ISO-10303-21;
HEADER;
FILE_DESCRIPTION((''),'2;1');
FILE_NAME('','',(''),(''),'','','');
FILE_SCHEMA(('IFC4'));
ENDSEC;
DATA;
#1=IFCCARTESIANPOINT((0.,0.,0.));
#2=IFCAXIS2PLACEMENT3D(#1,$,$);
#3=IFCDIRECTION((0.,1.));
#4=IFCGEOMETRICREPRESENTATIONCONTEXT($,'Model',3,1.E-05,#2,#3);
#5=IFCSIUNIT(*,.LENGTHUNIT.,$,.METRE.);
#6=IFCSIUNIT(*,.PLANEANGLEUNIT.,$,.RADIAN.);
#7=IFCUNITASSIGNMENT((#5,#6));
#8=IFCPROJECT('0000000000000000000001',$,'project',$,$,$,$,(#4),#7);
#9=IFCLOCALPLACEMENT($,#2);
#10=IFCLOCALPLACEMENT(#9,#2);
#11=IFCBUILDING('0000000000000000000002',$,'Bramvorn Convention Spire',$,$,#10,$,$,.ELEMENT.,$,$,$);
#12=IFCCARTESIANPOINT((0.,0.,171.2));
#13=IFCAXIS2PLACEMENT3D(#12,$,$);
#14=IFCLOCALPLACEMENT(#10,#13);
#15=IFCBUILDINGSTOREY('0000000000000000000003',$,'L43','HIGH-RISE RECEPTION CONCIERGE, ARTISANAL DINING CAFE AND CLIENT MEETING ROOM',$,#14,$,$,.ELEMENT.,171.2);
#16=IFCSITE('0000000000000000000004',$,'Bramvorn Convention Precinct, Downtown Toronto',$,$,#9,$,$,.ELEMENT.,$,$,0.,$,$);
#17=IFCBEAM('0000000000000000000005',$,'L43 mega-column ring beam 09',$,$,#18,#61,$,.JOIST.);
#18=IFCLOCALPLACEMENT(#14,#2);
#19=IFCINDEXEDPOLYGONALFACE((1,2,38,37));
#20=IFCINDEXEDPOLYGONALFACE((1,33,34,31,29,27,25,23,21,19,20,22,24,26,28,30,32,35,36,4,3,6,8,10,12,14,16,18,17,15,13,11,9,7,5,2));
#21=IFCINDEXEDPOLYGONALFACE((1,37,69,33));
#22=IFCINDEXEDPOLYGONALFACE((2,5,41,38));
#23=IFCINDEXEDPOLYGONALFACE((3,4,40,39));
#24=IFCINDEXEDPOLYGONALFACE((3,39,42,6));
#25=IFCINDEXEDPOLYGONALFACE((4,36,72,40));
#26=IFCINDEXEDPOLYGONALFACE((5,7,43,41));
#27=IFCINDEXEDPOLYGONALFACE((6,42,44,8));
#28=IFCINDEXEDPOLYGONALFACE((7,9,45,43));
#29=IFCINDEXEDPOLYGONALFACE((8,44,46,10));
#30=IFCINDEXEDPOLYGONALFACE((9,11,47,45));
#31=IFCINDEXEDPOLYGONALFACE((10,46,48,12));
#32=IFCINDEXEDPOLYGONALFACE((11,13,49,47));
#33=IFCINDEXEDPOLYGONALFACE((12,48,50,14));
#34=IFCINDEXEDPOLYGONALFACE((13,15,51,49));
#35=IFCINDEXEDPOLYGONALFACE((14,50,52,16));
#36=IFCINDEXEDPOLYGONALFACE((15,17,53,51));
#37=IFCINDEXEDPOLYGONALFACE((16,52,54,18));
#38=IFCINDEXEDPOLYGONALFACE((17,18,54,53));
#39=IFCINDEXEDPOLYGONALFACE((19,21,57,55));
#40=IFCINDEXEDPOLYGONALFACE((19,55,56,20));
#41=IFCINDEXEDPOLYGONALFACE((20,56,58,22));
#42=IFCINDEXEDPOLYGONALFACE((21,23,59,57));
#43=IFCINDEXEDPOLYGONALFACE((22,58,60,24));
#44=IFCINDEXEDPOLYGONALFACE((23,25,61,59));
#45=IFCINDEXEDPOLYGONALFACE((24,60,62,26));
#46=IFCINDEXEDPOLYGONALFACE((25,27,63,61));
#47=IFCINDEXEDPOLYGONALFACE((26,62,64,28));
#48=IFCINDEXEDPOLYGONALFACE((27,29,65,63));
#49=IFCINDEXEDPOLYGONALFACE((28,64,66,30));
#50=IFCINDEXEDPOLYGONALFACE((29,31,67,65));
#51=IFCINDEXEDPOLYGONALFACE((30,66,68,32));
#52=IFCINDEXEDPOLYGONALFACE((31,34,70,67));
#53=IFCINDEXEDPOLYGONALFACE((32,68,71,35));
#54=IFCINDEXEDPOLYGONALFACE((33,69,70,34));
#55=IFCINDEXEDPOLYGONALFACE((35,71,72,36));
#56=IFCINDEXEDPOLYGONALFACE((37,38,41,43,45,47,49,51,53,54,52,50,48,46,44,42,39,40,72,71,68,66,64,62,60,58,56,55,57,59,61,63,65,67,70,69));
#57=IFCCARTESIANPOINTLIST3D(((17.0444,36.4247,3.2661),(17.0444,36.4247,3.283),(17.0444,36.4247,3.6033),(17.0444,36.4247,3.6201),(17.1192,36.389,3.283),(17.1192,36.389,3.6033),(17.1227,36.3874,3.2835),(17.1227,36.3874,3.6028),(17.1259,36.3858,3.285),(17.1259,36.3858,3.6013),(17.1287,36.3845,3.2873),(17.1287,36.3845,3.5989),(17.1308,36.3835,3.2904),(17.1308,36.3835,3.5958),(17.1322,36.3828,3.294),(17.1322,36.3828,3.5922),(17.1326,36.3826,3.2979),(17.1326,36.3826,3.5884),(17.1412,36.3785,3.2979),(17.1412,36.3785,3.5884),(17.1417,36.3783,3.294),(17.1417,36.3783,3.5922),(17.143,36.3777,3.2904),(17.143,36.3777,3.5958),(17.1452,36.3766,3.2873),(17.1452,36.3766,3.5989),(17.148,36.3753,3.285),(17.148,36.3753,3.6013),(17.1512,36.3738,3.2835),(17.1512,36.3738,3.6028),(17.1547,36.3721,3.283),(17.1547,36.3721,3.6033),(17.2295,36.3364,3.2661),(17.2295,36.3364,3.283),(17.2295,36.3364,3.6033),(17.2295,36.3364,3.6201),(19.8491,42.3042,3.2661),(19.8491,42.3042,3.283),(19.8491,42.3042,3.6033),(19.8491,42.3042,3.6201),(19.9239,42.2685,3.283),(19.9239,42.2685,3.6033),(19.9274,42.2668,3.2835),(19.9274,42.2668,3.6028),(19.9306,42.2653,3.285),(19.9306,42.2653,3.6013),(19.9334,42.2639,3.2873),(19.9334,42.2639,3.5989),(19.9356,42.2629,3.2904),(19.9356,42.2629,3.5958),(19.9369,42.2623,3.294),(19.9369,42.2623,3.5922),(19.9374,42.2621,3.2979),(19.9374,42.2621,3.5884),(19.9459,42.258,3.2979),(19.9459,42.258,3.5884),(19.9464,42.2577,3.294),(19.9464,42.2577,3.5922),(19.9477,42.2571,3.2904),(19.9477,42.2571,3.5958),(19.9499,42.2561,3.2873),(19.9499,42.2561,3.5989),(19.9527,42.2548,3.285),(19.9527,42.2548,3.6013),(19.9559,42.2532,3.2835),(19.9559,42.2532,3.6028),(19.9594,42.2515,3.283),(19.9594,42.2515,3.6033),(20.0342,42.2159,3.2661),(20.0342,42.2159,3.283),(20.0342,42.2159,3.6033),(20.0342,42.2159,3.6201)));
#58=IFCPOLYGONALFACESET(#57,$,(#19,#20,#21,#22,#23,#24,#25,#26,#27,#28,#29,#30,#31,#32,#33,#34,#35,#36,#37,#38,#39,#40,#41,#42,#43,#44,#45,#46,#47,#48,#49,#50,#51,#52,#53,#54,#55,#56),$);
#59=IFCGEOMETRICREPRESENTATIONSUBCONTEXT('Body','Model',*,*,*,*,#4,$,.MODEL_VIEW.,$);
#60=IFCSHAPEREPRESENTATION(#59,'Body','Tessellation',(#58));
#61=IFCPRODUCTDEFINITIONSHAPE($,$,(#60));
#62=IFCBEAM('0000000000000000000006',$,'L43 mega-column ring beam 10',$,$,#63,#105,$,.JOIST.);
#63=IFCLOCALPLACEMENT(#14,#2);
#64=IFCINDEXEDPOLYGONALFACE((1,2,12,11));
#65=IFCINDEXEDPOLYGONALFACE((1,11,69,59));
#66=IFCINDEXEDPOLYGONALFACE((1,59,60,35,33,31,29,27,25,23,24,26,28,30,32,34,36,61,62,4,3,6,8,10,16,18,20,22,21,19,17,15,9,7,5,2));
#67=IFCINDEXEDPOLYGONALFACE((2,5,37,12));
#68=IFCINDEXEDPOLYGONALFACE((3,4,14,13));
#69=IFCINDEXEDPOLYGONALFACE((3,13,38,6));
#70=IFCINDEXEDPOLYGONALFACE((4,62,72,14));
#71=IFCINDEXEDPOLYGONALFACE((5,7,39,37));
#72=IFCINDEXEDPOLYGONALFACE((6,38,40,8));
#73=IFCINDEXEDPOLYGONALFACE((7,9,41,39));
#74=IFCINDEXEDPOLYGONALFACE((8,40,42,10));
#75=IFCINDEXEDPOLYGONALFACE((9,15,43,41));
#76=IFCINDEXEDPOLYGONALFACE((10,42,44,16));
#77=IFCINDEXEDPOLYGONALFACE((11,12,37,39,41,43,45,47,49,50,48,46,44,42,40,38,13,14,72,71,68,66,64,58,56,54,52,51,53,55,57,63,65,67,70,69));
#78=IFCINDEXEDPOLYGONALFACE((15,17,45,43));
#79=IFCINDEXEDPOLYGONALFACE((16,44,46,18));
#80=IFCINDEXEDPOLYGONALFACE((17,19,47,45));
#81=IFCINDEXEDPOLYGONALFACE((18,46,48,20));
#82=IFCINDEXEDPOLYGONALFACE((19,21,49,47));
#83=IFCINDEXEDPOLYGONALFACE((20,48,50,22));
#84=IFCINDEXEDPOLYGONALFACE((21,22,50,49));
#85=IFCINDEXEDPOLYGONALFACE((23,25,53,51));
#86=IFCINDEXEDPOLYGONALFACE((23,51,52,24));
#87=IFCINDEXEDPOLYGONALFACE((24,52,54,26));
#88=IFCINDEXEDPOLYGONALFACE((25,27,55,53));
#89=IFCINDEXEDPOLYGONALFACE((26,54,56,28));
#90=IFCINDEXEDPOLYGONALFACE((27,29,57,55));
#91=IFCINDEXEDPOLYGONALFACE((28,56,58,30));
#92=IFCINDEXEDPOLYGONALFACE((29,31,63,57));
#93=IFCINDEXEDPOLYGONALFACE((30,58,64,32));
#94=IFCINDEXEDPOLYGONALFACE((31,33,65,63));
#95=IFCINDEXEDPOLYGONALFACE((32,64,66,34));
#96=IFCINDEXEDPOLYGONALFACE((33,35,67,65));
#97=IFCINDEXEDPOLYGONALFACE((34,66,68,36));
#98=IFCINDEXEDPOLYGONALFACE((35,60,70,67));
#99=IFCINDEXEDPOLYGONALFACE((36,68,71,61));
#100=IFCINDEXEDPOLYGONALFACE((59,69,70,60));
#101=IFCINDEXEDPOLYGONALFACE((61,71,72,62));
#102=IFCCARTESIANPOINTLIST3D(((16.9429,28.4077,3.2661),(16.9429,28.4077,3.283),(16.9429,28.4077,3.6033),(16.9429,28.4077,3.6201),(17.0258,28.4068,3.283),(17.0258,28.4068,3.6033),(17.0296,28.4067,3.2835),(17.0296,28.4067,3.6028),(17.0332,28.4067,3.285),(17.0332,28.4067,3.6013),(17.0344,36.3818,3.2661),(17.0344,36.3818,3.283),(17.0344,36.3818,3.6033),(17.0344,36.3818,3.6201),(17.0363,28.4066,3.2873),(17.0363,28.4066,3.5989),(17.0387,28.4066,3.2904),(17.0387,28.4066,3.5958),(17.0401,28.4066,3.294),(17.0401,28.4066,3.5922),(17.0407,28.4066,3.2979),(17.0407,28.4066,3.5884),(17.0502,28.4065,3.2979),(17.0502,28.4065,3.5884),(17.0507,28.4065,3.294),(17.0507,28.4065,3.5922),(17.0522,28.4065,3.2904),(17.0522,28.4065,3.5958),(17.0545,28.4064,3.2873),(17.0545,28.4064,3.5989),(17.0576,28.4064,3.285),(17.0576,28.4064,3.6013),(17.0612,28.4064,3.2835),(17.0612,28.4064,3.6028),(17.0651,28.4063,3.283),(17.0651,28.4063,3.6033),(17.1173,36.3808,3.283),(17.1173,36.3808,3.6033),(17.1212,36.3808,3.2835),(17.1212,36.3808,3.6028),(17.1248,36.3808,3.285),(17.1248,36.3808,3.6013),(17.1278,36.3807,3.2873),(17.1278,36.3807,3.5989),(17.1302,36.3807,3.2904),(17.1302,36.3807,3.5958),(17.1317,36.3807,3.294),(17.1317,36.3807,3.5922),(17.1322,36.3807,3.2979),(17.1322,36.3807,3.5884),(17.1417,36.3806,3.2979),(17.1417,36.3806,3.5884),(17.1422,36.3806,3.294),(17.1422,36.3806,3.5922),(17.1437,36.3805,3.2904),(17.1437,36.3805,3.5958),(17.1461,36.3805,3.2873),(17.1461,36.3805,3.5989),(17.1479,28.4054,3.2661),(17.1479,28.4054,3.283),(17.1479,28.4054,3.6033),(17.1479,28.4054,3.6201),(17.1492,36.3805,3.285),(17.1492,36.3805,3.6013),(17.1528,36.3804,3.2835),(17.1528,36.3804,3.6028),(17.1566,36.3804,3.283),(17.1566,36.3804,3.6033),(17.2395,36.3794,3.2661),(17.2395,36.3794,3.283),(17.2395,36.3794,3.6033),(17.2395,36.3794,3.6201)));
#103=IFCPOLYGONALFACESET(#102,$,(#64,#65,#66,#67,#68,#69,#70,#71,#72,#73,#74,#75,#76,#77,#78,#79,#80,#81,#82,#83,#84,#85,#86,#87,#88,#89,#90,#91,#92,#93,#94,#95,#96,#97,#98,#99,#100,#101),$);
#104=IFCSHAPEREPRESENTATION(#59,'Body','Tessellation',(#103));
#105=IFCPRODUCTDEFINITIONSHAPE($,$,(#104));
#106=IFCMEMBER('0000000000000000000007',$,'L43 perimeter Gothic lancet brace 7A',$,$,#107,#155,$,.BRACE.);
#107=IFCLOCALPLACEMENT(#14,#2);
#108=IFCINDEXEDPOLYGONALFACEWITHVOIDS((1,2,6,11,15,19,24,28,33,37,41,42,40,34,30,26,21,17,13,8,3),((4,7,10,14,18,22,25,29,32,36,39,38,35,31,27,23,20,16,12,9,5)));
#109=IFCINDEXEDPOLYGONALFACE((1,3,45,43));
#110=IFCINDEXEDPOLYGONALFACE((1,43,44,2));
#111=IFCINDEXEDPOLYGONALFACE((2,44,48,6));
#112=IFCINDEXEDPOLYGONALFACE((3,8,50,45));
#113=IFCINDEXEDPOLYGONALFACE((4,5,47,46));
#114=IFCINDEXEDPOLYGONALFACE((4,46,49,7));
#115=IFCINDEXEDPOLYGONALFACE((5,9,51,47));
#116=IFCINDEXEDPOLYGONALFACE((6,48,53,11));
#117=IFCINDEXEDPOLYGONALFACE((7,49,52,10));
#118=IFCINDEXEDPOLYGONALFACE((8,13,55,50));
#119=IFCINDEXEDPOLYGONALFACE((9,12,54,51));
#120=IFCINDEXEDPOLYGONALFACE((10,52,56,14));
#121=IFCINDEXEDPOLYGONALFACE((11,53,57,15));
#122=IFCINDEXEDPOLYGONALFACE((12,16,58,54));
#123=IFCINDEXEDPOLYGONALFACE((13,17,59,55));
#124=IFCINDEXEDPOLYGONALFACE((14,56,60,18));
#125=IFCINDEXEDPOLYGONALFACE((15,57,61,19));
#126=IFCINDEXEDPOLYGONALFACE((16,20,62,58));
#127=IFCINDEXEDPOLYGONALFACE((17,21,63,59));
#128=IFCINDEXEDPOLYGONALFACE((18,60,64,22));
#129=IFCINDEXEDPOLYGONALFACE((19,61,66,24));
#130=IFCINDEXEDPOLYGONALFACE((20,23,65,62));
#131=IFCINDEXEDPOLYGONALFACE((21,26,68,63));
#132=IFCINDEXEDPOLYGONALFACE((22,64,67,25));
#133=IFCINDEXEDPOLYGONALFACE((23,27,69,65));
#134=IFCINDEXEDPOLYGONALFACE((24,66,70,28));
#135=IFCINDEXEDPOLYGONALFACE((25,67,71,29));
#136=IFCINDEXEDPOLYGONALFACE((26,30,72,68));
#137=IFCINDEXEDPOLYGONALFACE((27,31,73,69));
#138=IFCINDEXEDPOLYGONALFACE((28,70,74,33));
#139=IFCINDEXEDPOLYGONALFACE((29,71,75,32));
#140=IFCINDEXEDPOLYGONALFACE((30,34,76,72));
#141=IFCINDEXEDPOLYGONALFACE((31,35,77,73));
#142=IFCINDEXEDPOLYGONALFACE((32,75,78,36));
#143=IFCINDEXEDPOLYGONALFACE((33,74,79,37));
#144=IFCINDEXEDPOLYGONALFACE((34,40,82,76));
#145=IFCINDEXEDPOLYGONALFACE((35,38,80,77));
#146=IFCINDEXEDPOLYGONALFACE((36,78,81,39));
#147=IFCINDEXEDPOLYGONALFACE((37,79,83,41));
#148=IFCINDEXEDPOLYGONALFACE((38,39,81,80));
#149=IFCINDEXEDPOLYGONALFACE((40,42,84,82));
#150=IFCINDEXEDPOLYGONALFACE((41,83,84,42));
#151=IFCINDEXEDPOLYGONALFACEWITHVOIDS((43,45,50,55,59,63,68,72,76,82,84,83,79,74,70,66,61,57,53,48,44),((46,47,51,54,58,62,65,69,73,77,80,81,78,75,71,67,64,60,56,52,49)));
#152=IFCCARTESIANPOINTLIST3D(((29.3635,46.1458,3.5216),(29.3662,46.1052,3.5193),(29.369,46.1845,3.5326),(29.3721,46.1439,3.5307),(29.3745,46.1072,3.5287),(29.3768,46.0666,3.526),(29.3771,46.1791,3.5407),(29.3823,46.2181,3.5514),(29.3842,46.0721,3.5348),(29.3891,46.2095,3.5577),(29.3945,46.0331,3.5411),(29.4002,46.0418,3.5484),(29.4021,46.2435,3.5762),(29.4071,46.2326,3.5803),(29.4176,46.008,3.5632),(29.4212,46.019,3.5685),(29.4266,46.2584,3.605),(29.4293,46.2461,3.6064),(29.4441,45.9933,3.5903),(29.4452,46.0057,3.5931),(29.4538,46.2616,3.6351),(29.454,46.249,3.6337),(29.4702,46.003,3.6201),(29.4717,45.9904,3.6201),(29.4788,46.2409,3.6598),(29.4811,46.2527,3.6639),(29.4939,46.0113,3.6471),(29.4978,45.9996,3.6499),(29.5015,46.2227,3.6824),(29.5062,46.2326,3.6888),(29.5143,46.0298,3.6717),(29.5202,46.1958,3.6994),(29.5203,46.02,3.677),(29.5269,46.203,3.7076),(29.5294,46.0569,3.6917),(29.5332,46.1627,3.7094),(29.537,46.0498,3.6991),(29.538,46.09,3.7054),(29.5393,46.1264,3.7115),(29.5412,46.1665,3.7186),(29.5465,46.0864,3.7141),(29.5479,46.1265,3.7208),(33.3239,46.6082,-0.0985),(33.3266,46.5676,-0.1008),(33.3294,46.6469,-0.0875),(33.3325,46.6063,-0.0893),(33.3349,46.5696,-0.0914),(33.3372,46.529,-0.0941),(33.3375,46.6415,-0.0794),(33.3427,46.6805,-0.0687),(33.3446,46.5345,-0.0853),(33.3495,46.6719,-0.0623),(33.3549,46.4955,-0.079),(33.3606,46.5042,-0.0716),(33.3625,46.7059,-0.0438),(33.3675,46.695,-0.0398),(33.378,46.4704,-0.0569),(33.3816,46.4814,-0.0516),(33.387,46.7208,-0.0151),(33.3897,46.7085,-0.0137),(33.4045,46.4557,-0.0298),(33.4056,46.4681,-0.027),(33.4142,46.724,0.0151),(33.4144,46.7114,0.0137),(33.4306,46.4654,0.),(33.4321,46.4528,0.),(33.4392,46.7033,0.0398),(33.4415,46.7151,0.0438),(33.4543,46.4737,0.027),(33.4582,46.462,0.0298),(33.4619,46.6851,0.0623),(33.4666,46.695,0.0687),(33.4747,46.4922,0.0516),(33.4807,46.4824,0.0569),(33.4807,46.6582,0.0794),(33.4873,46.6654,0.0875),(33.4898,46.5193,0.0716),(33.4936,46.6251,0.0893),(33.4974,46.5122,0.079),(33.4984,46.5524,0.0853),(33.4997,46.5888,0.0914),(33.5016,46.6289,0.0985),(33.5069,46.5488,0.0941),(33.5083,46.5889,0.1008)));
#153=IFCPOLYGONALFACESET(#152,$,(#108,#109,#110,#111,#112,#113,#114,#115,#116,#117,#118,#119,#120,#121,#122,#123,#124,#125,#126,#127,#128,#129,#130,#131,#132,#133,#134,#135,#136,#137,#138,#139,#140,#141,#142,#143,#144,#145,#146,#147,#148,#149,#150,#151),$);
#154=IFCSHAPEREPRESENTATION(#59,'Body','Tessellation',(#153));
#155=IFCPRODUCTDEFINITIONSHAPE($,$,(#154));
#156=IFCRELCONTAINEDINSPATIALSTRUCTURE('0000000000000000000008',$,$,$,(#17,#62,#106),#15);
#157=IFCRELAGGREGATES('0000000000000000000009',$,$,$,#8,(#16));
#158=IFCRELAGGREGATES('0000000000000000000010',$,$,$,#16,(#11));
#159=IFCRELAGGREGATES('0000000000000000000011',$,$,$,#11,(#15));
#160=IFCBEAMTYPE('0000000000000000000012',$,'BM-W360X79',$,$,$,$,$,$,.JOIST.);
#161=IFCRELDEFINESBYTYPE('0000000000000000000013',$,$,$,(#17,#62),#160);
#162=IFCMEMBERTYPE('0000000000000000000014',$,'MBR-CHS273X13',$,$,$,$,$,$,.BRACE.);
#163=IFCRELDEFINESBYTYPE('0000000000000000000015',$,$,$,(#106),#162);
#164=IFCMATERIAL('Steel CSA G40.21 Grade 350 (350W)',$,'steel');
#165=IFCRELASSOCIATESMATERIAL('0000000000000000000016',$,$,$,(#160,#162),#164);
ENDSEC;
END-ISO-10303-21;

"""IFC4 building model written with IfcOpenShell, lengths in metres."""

from ifc_helpers import new_model, si_unit, direction, frame, origin, origin_2d, place, context, subcontext, project, spatial, hollow_circle, i_section, extrude, material, material_profile, profile_set, type_object, element, save


model = new_model("IFC4")

# Units and contexts
model_context = context("Model", 3, precision=1e-05, world=origin(), true_north=direction((0.0, 1.0)))
body_context = subcontext(model_context, "Body", "Model", "MODEL_VIEW")
ifc_project = project(units=[si_unit("LENGTHUNIT", "METRE"), si_unit("PLANEANGLEUNIT", "RADIAN")], contexts=[model_context])

# Site, building, storey
site_placement = place(None, origin())
site = spatial("IfcSite", under=ifc_project, at=site_placement, Name="Bramvorn Convention Precinct, Downtown Toronto", CompositionType="ELEMENT", RefElevation=0.0)
building_placement = place(site_placement, origin())
building = spatial("IfcBuilding", under=site, at=building_placement, Name="Bramvorn Convention Spire", CompositionType="ELEMENT")
storey_placement = place(building_placement, frame((0.0, 0.0, 171.2)))
storey = spatial("IfcBuildingStorey", under=building, at=storey_placement, Name="L43", Description="HIGH-RISE RECEPTION CONCIERGE, ARTISANAL DINING CAFE AND CLIENT MEETING ROOM", CompositionType="ELEMENT", Elevation=171.2)

# Shared definitions
ifc_material_1 = material(Name="Steel CSA G40.21 Grade 350 (350W)", Category="steel")

# Beams
ifc_material_profile_1 = material_profile(ifc_material_1, i_section(OverallWidth=0.2051, OverallDepth=0.354, WebThickness=0.0095, FlangeThickness=0.0168, FilletRadius=0.0149, at=origin_2d()))
ifc_profile_set_1 = profile_set([ifc_material_profile_1], Name="Steel CSA G40.21 Grade 350 (350W) - W360X79")
beam_type_1 = type_object("IfcBeamType", Name="BM-W360X79", PredefinedType="JOIST", material=ifc_profile_set_1)
beam_1_placement = place(storey_placement, frame((19.9417, 42.26, 3.4431), z_axis=(-0.430556, -0.902564, 0.0), x_axis=(0.902564, -0.430556, 0.0)))
element("IfcBeam", 1, at=beam_1_placement, inside=storey, type_object=beam_type_1, Name="L43 mega-column ring beam 09", PredefinedType="JOIST", context=body_context, shape_type="SweptSolid", body=[
    extrude(i_section(OverallWidth=0.2051, OverallDepth=0.354, WebThickness=0.0095, FlangeThickness=0.0168, FilletRadius=0.0149, at=origin_2d()), origin(), (0.0, 0.0, 1.0), 6.5142),
])
beam_2_placement = place(storey_placement, frame((17.137, 36.3806, 3.4431), z_axis=(-0.01148, -0.999934, 0.0), x_axis=(0.999934, -0.01148, 0.0)))
element("IfcBeam", 2, at=beam_2_placement, inside=storey, type_object=beam_type_1, Name="L43 mega-column ring beam 10", PredefinedType="JOIST", context=body_context, shape_type="SweptSolid", body=[
    extrude(i_section(OverallWidth=0.2051, OverallDepth=0.354, WebThickness=0.0095, FlangeThickness=0.0168, FilletRadius=0.0149, at=origin_2d()), origin(), (0.0, 0.0, 1.0), 7.9746),
])

# Member
ifc_material_profile_2 = material_profile(ifc_material_1, hollow_circle(Radius=0.1365, WallThickness=0.0127, at=origin_2d()))
ifc_profile_set_2 = profile_set([ifc_material_profile_2], Name="Steel CSA G40.21 Grade 350 (350W) - CHS273X13")
member_type = type_object("IfcMemberType", Name="MBR-CHS273X13", PredefinedType="BRACE", material=ifc_profile_set_2)
member_1_placement = place(storey_placement, frame((33.4163, 46.5884, 0.0), z_axis=(-0.735383, -0.08586, 0.67219), x_axis=(0.115967, -0.993253, 0.0)))
element("IfcMember", 3, at=member_1_placement, inside=storey, type_object=member_type, Name="L43 perimeter Gothic lancet brace 7A", PredefinedType="BRACE", context=body_context, shape_type="SweptSolid", body=[
    extrude(hollow_circle(Radius=0.1365, WallThickness=0.0127, at=origin_2d()), origin(), (0.0, 0.0, 1.0), 5.3855),
])

save(model, "model.ifc")
